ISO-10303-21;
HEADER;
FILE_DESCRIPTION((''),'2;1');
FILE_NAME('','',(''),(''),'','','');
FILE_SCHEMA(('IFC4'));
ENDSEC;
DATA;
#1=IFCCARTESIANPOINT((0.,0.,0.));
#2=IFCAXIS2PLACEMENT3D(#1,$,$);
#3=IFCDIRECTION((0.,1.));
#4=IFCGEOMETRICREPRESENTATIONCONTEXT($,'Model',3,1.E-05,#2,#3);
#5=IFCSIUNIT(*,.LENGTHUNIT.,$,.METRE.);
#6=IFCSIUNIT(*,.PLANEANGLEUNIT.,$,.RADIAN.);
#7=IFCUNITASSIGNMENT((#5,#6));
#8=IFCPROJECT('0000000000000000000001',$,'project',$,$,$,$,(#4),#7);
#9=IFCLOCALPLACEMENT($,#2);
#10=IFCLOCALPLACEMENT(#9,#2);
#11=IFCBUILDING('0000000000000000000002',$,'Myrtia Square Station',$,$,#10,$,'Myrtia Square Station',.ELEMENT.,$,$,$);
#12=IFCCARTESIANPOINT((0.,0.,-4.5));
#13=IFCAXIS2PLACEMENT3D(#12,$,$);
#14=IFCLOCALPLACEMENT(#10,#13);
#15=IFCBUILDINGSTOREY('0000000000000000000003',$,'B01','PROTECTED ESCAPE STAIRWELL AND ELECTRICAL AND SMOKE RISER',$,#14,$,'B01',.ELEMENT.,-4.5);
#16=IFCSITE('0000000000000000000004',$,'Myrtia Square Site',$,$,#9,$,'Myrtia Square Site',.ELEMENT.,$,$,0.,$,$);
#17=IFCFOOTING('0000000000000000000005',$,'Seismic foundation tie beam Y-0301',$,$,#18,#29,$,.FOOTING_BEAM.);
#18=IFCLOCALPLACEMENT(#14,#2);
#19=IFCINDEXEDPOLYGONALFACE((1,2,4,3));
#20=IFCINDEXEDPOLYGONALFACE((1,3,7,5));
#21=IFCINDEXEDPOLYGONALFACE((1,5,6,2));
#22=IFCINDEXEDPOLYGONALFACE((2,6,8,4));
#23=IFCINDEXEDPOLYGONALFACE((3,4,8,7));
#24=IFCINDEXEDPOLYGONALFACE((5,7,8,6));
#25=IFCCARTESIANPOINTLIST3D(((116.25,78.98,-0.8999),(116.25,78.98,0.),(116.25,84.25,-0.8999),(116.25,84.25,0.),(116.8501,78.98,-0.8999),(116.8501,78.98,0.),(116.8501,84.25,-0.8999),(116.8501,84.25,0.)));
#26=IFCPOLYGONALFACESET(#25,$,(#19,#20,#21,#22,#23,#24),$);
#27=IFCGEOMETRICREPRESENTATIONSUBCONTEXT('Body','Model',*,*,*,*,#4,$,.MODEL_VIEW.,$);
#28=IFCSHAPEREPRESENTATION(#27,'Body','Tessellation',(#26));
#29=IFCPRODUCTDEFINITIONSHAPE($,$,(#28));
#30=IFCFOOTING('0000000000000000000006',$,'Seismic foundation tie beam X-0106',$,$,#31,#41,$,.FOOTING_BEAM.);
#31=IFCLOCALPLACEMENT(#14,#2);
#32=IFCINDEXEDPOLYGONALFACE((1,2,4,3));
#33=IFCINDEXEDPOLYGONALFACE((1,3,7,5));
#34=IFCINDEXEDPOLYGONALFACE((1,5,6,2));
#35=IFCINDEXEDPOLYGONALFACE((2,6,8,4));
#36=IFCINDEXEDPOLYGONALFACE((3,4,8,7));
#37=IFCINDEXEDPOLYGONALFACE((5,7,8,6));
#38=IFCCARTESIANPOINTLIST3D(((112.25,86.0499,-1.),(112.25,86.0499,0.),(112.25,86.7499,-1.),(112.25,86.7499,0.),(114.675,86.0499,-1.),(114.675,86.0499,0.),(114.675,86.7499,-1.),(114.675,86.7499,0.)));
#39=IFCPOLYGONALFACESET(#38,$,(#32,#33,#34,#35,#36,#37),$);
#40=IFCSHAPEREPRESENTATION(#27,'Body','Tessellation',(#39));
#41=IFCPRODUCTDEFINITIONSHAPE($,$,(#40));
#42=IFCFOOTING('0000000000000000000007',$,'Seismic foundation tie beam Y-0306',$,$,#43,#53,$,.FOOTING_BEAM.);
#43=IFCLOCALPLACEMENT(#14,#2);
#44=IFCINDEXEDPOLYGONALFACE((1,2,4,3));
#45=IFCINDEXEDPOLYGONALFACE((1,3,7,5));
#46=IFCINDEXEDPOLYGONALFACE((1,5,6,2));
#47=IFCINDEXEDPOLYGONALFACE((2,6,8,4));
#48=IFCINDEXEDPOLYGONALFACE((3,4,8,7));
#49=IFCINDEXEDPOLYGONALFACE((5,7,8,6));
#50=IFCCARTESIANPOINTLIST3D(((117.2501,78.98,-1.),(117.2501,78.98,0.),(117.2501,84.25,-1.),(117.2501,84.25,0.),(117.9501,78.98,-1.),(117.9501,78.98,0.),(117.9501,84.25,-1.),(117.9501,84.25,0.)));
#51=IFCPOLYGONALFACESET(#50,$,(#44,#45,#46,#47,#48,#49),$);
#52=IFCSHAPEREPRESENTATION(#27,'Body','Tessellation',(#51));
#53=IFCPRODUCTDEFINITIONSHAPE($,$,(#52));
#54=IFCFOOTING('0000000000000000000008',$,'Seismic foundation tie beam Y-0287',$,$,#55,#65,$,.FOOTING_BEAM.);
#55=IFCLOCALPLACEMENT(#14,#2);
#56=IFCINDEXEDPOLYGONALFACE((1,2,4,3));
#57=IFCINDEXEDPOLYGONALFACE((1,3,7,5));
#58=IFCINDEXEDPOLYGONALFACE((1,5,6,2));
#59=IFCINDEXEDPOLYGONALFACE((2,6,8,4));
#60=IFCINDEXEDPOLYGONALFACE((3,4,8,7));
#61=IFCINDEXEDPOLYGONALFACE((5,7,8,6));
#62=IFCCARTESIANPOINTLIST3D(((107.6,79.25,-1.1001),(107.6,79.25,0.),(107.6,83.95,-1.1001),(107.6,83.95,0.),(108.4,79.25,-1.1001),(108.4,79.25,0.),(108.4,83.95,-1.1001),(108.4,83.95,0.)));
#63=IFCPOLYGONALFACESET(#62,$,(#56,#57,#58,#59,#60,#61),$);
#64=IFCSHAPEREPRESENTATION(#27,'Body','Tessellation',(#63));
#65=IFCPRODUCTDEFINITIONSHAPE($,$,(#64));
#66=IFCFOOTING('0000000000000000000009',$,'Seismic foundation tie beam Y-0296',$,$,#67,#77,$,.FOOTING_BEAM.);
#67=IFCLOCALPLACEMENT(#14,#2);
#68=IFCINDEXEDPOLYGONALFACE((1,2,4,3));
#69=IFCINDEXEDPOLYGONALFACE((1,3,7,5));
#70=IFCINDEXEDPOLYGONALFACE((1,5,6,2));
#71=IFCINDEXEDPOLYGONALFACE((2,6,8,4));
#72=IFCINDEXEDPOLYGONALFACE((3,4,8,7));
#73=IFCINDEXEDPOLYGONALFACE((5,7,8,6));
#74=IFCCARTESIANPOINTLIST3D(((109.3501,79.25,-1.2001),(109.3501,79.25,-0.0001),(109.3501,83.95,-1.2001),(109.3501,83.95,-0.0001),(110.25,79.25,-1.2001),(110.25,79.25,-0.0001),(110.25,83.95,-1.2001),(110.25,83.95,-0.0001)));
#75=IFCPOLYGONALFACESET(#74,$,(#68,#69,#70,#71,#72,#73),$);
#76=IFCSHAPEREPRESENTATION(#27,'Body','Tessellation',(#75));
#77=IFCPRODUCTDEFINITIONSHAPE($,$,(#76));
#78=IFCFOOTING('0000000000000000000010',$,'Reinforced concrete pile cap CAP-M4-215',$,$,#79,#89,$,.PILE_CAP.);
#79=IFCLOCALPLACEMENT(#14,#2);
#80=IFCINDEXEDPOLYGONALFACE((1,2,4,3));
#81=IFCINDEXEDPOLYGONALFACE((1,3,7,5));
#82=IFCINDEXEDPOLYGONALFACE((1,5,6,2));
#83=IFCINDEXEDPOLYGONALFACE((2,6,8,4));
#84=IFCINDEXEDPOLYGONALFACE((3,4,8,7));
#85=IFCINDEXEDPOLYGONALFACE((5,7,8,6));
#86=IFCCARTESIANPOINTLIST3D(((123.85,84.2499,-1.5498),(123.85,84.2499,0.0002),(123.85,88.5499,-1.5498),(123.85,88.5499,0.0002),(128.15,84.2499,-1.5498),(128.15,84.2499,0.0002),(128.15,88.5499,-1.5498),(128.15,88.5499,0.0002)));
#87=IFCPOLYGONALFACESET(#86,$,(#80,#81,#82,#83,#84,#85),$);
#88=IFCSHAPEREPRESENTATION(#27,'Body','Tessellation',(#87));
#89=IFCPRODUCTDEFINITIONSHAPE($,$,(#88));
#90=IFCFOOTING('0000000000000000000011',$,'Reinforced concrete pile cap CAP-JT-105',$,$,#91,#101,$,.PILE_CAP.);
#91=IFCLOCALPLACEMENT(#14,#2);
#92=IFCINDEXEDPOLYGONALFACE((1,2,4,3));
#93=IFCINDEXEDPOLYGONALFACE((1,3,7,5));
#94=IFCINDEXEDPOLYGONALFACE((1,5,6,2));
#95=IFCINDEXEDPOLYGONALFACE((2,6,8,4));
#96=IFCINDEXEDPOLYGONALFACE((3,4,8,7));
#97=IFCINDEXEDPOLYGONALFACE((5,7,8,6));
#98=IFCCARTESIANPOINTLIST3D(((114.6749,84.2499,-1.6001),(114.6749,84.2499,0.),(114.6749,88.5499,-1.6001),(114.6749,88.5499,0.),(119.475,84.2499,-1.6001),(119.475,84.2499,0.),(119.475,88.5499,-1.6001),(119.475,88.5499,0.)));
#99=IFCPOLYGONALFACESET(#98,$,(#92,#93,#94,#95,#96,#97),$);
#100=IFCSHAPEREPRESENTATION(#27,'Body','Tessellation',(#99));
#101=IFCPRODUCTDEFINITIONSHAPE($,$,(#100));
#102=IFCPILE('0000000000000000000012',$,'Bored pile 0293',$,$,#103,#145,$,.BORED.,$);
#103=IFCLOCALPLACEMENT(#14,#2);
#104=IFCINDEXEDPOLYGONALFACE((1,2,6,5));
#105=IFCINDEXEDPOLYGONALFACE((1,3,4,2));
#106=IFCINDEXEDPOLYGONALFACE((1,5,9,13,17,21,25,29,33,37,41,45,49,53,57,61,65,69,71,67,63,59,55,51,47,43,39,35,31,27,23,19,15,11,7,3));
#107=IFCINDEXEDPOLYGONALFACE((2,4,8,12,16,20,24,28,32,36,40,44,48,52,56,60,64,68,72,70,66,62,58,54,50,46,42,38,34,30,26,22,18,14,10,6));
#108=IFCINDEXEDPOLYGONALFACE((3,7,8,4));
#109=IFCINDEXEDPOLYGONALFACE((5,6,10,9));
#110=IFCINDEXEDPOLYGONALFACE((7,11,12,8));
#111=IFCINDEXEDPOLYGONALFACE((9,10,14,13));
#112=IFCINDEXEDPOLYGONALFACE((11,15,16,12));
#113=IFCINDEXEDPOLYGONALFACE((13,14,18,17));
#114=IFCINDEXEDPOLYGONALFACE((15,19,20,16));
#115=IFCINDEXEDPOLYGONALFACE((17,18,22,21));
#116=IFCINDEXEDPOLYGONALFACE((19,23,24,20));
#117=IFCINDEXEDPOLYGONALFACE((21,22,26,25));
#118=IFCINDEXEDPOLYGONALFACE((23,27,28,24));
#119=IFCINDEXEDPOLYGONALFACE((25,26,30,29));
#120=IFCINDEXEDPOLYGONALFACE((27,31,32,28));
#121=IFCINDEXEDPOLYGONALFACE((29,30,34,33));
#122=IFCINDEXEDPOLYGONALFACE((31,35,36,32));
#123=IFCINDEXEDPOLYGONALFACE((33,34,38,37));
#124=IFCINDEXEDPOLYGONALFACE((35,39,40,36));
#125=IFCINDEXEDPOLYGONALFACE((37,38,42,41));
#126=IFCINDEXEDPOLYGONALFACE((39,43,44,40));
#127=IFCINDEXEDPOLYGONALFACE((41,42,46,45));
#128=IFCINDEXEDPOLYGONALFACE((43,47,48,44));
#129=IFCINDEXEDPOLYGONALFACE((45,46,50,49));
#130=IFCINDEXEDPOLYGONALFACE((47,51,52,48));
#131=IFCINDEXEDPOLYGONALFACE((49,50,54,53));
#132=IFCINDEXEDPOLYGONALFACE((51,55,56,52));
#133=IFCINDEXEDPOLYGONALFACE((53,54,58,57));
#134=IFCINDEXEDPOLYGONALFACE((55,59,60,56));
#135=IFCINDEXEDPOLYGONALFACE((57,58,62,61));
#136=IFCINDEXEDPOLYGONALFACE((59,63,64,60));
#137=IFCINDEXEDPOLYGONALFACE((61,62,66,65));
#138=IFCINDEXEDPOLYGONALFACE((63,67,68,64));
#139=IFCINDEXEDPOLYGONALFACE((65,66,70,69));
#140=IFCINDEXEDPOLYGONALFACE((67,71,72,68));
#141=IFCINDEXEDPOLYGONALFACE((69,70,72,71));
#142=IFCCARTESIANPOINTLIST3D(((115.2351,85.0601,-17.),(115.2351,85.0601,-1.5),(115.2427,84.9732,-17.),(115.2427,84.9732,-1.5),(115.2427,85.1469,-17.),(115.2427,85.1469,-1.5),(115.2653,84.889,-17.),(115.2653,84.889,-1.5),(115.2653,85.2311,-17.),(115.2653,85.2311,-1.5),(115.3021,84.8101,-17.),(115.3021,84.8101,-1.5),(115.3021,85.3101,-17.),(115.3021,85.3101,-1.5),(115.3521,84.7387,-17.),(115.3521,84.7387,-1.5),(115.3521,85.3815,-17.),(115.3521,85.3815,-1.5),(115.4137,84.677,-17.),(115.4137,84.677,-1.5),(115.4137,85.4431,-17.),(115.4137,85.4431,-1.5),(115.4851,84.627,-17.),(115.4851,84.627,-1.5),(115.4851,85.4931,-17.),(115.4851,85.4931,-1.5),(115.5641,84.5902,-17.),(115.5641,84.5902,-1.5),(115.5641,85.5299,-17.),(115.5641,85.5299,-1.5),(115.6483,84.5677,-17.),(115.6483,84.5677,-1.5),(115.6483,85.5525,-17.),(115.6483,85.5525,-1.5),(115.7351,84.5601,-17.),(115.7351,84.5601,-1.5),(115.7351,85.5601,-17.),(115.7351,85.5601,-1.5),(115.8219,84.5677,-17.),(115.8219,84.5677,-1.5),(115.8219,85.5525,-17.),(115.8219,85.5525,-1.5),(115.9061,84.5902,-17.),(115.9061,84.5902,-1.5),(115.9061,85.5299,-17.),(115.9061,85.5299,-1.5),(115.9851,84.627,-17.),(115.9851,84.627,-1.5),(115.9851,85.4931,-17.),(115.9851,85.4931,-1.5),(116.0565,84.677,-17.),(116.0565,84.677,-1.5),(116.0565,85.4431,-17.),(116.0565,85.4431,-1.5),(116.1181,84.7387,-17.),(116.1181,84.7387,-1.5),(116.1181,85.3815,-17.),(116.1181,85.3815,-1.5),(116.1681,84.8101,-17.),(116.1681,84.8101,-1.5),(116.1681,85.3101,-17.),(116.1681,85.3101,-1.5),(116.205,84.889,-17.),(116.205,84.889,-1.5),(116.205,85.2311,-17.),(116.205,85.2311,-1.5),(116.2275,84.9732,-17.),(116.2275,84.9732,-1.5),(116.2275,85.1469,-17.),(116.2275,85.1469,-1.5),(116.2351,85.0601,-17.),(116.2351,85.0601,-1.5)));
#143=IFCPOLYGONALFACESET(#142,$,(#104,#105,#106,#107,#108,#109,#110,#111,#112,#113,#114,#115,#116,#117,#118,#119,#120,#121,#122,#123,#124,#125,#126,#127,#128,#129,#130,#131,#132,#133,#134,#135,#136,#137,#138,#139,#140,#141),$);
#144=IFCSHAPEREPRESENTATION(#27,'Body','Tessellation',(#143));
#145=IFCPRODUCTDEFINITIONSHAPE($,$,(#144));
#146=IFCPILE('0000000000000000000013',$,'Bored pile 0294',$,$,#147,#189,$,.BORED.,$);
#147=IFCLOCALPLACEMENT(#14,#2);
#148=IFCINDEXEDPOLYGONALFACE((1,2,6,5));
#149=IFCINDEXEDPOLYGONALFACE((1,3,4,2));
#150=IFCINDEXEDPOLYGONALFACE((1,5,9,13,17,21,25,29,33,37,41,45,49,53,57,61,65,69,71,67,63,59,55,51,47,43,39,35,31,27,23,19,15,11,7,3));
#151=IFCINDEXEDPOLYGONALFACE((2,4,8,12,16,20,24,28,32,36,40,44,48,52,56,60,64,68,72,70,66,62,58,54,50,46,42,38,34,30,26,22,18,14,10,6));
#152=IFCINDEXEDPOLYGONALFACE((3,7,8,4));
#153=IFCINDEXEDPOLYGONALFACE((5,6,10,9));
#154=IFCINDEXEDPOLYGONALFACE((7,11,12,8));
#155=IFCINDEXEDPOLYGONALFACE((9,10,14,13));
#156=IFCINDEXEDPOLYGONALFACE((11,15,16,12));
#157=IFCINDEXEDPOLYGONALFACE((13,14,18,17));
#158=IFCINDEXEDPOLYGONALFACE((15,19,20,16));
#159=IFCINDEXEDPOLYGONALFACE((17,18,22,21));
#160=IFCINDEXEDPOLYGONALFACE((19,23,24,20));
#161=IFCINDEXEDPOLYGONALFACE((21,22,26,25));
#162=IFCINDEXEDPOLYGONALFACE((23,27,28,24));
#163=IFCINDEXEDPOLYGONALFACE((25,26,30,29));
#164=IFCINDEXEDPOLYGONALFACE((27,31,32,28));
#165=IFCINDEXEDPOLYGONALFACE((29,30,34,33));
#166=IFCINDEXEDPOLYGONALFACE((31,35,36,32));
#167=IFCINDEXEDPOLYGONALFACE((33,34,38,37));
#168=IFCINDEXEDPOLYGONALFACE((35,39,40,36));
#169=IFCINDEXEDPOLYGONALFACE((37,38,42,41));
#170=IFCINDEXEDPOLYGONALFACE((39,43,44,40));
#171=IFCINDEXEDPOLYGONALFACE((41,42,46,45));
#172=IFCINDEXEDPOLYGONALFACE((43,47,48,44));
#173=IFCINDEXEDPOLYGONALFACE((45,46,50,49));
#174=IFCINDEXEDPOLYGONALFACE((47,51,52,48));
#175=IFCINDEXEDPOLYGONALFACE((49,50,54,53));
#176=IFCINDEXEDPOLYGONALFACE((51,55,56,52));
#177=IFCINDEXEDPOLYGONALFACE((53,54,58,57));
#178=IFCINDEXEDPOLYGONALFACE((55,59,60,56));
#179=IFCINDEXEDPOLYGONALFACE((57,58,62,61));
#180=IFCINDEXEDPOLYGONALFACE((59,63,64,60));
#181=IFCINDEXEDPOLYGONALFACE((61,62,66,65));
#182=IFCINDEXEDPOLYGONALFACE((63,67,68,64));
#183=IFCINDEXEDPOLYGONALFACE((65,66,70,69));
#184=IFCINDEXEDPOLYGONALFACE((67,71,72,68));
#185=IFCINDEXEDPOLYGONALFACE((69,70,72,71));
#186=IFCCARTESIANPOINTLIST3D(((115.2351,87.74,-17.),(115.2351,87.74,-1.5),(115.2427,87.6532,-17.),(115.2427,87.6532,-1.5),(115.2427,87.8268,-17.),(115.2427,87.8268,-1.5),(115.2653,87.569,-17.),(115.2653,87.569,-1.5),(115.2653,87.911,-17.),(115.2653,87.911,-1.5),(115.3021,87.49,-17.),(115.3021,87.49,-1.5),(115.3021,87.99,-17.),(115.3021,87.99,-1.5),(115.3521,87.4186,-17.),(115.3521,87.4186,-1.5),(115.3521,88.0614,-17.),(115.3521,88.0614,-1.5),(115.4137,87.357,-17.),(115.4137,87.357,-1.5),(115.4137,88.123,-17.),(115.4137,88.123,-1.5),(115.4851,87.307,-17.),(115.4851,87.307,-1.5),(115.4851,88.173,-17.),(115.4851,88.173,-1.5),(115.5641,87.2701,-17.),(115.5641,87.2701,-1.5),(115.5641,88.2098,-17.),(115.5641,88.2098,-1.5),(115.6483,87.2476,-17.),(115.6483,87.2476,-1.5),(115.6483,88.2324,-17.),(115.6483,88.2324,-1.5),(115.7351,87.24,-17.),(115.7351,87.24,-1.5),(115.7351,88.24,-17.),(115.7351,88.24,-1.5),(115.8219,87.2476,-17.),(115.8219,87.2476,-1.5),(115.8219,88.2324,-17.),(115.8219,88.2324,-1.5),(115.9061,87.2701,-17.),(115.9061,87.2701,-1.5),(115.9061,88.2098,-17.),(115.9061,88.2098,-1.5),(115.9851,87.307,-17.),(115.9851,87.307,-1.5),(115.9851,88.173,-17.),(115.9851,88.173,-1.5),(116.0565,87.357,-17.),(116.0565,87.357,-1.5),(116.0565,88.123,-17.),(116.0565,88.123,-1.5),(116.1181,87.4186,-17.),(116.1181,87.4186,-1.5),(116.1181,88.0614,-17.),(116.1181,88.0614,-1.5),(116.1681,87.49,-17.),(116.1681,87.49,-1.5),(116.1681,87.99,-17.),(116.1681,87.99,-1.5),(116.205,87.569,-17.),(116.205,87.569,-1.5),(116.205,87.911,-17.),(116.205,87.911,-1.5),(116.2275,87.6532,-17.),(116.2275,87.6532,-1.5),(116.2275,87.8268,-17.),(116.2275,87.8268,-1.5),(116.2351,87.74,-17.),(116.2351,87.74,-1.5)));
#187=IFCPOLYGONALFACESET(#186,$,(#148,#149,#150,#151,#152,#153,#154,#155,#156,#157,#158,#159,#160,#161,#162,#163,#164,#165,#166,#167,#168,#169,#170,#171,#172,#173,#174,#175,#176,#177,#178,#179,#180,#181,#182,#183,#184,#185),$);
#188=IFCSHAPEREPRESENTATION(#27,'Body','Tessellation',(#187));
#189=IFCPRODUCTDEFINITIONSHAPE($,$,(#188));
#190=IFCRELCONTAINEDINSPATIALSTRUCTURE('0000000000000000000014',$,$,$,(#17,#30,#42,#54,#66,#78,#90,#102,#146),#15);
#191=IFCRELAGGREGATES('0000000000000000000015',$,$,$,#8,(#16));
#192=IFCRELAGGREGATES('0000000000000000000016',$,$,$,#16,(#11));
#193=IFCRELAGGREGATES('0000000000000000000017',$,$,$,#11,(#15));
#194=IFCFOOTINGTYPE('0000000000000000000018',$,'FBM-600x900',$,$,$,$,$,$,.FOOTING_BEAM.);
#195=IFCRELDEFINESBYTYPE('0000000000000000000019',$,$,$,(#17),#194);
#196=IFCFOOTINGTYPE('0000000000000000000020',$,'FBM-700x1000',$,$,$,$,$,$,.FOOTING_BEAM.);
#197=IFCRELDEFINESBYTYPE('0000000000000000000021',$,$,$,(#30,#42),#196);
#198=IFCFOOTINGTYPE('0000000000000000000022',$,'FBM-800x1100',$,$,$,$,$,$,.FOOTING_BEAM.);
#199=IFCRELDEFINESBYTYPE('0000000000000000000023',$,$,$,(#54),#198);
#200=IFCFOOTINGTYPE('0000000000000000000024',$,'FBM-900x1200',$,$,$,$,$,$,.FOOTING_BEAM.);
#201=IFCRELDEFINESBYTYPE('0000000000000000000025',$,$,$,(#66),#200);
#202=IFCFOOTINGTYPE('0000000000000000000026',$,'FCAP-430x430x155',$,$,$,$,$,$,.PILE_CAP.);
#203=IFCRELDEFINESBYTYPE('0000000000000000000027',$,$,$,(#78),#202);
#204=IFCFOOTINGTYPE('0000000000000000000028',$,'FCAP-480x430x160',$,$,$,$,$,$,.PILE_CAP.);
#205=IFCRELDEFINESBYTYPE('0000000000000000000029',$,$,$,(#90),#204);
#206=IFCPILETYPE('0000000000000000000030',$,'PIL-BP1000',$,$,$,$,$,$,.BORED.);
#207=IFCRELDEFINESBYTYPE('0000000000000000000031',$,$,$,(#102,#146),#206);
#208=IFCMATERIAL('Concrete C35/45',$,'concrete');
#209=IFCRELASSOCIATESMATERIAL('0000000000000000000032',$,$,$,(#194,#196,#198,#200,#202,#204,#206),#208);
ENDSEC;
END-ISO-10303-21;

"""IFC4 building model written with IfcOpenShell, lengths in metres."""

from ifc_helpers import new_model, si_unit, direction, frame, origin, origin_2d, place, context, subcontext, project, spatial, rectangle, circle, extrude, material, material_profile, profile_set, type_object, element, save


model = new_model("IFC4")

# Units and contexts
model_context = context("Model", 3, precision=1e-05, world=origin(), true_north=direction((0.0, 1.0)))
body_context = subcontext(model_context, "Body", "Model", "MODEL_VIEW")
ifc_project = project(units=[si_unit("LENGTHUNIT", "METRE"), si_unit("PLANEANGLEUNIT", "RADIAN")], contexts=[model_context])

# Site, building, storey
site_placement = place(None, origin())
site = spatial("IfcSite", under=ifc_project, at=site_placement, Name="Myrtia Square Site", LongName="Myrtia Square Site", CompositionType="ELEMENT", RefElevation=0.0)
building_placement = place(site_placement, origin())
building = spatial("IfcBuilding", under=site, at=building_placement, Name="Myrtia Square Station", LongName="Myrtia Square Station", CompositionType="ELEMENT")
storey_placement = place(building_placement, frame((0.0, 0.0, -4.5)))
storey = spatial("IfcBuildingStorey", under=building, at=storey_placement, Name="B01", Description="PROTECTED ESCAPE STAIRWELL AND ELECTRICAL AND SMOKE RISER", LongName="B01", CompositionType="ELEMENT", Elevation=-4.5)

# Footings
ifc_material_1 = material(Name="Concrete C35/45", Category="concrete")
ifc_material_profile_1 = material_profile(ifc_material_1, rectangle(XDim=0.6001, YDim=0.8999, at=origin_2d()), Name="FB 600x900")
ifc_profile_set_1 = profile_set([ifc_material_profile_1], Name="Concrete C35/45")
footing_type_1 = type_object("IfcFootingType", Name="FBM-600x900", PredefinedType="FOOTING_BEAM", material=ifc_profile_set_1)
footing_1_placement = place(storey_placement, frame((116.55, 78.98, -0.45), z_axis=(0.0, 1.0, 0.0), x_axis=(-1.0, 0.0, 0.0)))
element("IfcFooting", 1, at=footing_1_placement, inside=storey, type_object=footing_type_1, Name="Seismic foundation tie beam Y-0301", PredefinedType="FOOTING_BEAM", context=body_context, shape_type="SweptSolid", body=[
    extrude(rectangle(XDim=0.6001, YDim=0.8999, at=origin_2d()), origin(), (0.0, 0.0, 1.0), 5.27),
])
ifc_material_profile_2 = material_profile(ifc_material_1, rectangle(XDim=0.7, YDim=1.0, at=origin_2d()), Name="FB 700x1000")
ifc_profile_set_2 = profile_set([ifc_material_profile_2], Name="Concrete C35/45")
footing_type_2 = type_object("IfcFootingType", Name="FBM-700x1000", PredefinedType="FOOTING_BEAM", material=ifc_profile_set_2)
footing_2_placement = place(storey_placement, frame((112.25, 86.3999, -0.5), z_axis=(1.0, 0.0, 0.0), x_axis=(0.0, 1.0, 0.0)))
element("IfcFooting", 2, at=footing_2_placement, inside=storey, type_object=footing_type_2, Name="Seismic foundation tie beam X-0106", PredefinedType="FOOTING_BEAM", context=body_context, shape_type="SweptSolid", body=[
    extrude(rectangle(XDim=0.7, YDim=1.0, at=origin_2d()), origin(), (0.0, 0.0, 1.0), 2.425),
])
footing_3_placement = place(storey_placement, frame((117.6001, 78.98, -0.5), z_axis=(0.0, 1.0, 0.0), x_axis=(-1.0, 0.0, 0.0)))
element("IfcFooting", 3, at=footing_3_placement, inside=storey, type_object=footing_type_2, Name="Seismic foundation tie beam Y-0306", PredefinedType="FOOTING_BEAM", context=body_context, shape_type="SweptSolid", body=[
    extrude(rectangle(XDim=0.7, YDim=1.0, at=origin_2d()), origin(), (0.0, 0.0, 1.0), 5.27),
])
ifc_material_profile_3 = material_profile(ifc_material_1, rectangle(XDim=0.8, YDim=1.1001, at=origin_2d()), Name="FB 800x1100")
ifc_profile_set_3 = profile_set([ifc_material_profile_3], Name="Concrete C35/45")
footing_type_3 = type_object("IfcFootingType", Name="FBM-800x1100", PredefinedType="FOOTING_BEAM", material=ifc_profile_set_3)
footing_4_placement = place(storey_placement, frame((108.0, 79.25, -0.55), z_axis=(0.0, 1.0, 0.0), x_axis=(-1.0, 0.0, 0.0)))
element("IfcFooting", 4, at=footing_4_placement, inside=storey, type_object=footing_type_3, Name="Seismic foundation tie beam Y-0287", PredefinedType="FOOTING_BEAM", context=body_context, shape_type="SweptSolid", body=[
    extrude(rectangle(XDim=0.8, YDim=1.1001, at=origin_2d()), origin(), (0.0, 0.0, 1.0), 4.7),
])
ifc_material_profile_4 = material_profile(ifc_material_1, rectangle(XDim=0.8999, YDim=1.2, at=origin_2d()), Name="FB 900x1200")
ifc_profile_set_4 = profile_set([ifc_material_profile_4], Name="Concrete C35/45")
footing_type_4 = type_object("IfcFootingType", Name="FBM-900x1200", PredefinedType="FOOTING_BEAM", material=ifc_profile_set_4)
footing_5_placement = place(storey_placement, frame((109.8, 79.25, -0.6001), z_axis=(0.0, 1.0, 0.0), x_axis=(-1.0, 0.0, 0.0)))
element("IfcFooting", 5, at=footing_5_placement, inside=storey, type_object=footing_type_4, Name="Seismic foundation tie beam Y-0296", PredefinedType="FOOTING_BEAM", context=body_context, shape_type="SweptSolid", body=[
    extrude(rectangle(XDim=0.8999, YDim=1.2, at=origin_2d()), origin(), (0.0, 0.0, 1.0), 4.7),
])
footing_type_5 = type_object("IfcFootingType", Name="FCAP-430x430x155", PredefinedType="PILE_CAP", material=ifc_material_1)
footing_6_placement = place(storey_placement, frame((126.0, 86.3999, -1.5498), z_axis=(0.0, 0.0, 1.0), x_axis=(1.0, 0.0, 0.0)))
element("IfcFooting", 6, at=footing_6_placement, inside=storey, type_object=footing_type_5, Name="Reinforced concrete pile cap CAP-M4-215", PredefinedType="PILE_CAP", context=body_context, shape_type="SweptSolid", body=[
    extrude(rectangle(XDim=4.3, YDim=4.3, at=origin_2d()), origin(), (0.0, 0.0, 1.0), 1.55),
])
footing_type_6 = type_object("IfcFootingType", Name="FCAP-480x430x160", PredefinedType="PILE_CAP", material=ifc_material_1)
footing_7_placement = place(storey_placement, frame((117.075, 86.3999, -1.6001), z_axis=(0.0, 0.0, 1.0), x_axis=(1.0, 0.0, 0.0)))
element("IfcFooting", 7, at=footing_7_placement, inside=storey, type_object=footing_type_6, Name="Reinforced concrete pile cap CAP-JT-105", PredefinedType="PILE_CAP", context=body_context, shape_type="SweptSolid", body=[
    extrude(rectangle(XDim=4.8, YDim=4.3, at=origin_2d()), origin(), (0.0, 0.0, 1.0), 1.6001),
])

# Piles
ifc_material_profile_5 = material_profile(ifc_material_1, circle(Radius=0.5, at=origin_2d()), Name="BP D1000")
ifc_profile_set_5 = profile_set([ifc_material_profile_5], Name="Concrete C35/45")
pile_type_1 = type_object("IfcPileType", Name="PIL-BP1000", PredefinedType="BORED", material=ifc_profile_set_5)
for number, where, z_axis, x_axis, name in (
    (8, (115.7351, 85.0601, -1.5), (0.0, 0.0, -1.0), (1.0, 0.0, 0.0), "Bored pile 0293"),
    (9, (115.7351, 87.74, -1.5), (0.0, 0.0, -1.0), (1.0, 0.0, 0.0), "Bored pile 0294"),
):
    element("IfcPile", number, at=place(storey_placement, frame(where, z_axis=z_axis, x_axis=x_axis)), inside=storey, type_object=pile_type_1, Name=name, PredefinedType="BORED", context=body_context, shape_type="SweptSolid", body=[
        extrude(circle(Radius=0.5, at=origin_2d()), origin(), (0.0, 0.0, 1.0), 15.5),
    ])

save(model, "model.ifc")
